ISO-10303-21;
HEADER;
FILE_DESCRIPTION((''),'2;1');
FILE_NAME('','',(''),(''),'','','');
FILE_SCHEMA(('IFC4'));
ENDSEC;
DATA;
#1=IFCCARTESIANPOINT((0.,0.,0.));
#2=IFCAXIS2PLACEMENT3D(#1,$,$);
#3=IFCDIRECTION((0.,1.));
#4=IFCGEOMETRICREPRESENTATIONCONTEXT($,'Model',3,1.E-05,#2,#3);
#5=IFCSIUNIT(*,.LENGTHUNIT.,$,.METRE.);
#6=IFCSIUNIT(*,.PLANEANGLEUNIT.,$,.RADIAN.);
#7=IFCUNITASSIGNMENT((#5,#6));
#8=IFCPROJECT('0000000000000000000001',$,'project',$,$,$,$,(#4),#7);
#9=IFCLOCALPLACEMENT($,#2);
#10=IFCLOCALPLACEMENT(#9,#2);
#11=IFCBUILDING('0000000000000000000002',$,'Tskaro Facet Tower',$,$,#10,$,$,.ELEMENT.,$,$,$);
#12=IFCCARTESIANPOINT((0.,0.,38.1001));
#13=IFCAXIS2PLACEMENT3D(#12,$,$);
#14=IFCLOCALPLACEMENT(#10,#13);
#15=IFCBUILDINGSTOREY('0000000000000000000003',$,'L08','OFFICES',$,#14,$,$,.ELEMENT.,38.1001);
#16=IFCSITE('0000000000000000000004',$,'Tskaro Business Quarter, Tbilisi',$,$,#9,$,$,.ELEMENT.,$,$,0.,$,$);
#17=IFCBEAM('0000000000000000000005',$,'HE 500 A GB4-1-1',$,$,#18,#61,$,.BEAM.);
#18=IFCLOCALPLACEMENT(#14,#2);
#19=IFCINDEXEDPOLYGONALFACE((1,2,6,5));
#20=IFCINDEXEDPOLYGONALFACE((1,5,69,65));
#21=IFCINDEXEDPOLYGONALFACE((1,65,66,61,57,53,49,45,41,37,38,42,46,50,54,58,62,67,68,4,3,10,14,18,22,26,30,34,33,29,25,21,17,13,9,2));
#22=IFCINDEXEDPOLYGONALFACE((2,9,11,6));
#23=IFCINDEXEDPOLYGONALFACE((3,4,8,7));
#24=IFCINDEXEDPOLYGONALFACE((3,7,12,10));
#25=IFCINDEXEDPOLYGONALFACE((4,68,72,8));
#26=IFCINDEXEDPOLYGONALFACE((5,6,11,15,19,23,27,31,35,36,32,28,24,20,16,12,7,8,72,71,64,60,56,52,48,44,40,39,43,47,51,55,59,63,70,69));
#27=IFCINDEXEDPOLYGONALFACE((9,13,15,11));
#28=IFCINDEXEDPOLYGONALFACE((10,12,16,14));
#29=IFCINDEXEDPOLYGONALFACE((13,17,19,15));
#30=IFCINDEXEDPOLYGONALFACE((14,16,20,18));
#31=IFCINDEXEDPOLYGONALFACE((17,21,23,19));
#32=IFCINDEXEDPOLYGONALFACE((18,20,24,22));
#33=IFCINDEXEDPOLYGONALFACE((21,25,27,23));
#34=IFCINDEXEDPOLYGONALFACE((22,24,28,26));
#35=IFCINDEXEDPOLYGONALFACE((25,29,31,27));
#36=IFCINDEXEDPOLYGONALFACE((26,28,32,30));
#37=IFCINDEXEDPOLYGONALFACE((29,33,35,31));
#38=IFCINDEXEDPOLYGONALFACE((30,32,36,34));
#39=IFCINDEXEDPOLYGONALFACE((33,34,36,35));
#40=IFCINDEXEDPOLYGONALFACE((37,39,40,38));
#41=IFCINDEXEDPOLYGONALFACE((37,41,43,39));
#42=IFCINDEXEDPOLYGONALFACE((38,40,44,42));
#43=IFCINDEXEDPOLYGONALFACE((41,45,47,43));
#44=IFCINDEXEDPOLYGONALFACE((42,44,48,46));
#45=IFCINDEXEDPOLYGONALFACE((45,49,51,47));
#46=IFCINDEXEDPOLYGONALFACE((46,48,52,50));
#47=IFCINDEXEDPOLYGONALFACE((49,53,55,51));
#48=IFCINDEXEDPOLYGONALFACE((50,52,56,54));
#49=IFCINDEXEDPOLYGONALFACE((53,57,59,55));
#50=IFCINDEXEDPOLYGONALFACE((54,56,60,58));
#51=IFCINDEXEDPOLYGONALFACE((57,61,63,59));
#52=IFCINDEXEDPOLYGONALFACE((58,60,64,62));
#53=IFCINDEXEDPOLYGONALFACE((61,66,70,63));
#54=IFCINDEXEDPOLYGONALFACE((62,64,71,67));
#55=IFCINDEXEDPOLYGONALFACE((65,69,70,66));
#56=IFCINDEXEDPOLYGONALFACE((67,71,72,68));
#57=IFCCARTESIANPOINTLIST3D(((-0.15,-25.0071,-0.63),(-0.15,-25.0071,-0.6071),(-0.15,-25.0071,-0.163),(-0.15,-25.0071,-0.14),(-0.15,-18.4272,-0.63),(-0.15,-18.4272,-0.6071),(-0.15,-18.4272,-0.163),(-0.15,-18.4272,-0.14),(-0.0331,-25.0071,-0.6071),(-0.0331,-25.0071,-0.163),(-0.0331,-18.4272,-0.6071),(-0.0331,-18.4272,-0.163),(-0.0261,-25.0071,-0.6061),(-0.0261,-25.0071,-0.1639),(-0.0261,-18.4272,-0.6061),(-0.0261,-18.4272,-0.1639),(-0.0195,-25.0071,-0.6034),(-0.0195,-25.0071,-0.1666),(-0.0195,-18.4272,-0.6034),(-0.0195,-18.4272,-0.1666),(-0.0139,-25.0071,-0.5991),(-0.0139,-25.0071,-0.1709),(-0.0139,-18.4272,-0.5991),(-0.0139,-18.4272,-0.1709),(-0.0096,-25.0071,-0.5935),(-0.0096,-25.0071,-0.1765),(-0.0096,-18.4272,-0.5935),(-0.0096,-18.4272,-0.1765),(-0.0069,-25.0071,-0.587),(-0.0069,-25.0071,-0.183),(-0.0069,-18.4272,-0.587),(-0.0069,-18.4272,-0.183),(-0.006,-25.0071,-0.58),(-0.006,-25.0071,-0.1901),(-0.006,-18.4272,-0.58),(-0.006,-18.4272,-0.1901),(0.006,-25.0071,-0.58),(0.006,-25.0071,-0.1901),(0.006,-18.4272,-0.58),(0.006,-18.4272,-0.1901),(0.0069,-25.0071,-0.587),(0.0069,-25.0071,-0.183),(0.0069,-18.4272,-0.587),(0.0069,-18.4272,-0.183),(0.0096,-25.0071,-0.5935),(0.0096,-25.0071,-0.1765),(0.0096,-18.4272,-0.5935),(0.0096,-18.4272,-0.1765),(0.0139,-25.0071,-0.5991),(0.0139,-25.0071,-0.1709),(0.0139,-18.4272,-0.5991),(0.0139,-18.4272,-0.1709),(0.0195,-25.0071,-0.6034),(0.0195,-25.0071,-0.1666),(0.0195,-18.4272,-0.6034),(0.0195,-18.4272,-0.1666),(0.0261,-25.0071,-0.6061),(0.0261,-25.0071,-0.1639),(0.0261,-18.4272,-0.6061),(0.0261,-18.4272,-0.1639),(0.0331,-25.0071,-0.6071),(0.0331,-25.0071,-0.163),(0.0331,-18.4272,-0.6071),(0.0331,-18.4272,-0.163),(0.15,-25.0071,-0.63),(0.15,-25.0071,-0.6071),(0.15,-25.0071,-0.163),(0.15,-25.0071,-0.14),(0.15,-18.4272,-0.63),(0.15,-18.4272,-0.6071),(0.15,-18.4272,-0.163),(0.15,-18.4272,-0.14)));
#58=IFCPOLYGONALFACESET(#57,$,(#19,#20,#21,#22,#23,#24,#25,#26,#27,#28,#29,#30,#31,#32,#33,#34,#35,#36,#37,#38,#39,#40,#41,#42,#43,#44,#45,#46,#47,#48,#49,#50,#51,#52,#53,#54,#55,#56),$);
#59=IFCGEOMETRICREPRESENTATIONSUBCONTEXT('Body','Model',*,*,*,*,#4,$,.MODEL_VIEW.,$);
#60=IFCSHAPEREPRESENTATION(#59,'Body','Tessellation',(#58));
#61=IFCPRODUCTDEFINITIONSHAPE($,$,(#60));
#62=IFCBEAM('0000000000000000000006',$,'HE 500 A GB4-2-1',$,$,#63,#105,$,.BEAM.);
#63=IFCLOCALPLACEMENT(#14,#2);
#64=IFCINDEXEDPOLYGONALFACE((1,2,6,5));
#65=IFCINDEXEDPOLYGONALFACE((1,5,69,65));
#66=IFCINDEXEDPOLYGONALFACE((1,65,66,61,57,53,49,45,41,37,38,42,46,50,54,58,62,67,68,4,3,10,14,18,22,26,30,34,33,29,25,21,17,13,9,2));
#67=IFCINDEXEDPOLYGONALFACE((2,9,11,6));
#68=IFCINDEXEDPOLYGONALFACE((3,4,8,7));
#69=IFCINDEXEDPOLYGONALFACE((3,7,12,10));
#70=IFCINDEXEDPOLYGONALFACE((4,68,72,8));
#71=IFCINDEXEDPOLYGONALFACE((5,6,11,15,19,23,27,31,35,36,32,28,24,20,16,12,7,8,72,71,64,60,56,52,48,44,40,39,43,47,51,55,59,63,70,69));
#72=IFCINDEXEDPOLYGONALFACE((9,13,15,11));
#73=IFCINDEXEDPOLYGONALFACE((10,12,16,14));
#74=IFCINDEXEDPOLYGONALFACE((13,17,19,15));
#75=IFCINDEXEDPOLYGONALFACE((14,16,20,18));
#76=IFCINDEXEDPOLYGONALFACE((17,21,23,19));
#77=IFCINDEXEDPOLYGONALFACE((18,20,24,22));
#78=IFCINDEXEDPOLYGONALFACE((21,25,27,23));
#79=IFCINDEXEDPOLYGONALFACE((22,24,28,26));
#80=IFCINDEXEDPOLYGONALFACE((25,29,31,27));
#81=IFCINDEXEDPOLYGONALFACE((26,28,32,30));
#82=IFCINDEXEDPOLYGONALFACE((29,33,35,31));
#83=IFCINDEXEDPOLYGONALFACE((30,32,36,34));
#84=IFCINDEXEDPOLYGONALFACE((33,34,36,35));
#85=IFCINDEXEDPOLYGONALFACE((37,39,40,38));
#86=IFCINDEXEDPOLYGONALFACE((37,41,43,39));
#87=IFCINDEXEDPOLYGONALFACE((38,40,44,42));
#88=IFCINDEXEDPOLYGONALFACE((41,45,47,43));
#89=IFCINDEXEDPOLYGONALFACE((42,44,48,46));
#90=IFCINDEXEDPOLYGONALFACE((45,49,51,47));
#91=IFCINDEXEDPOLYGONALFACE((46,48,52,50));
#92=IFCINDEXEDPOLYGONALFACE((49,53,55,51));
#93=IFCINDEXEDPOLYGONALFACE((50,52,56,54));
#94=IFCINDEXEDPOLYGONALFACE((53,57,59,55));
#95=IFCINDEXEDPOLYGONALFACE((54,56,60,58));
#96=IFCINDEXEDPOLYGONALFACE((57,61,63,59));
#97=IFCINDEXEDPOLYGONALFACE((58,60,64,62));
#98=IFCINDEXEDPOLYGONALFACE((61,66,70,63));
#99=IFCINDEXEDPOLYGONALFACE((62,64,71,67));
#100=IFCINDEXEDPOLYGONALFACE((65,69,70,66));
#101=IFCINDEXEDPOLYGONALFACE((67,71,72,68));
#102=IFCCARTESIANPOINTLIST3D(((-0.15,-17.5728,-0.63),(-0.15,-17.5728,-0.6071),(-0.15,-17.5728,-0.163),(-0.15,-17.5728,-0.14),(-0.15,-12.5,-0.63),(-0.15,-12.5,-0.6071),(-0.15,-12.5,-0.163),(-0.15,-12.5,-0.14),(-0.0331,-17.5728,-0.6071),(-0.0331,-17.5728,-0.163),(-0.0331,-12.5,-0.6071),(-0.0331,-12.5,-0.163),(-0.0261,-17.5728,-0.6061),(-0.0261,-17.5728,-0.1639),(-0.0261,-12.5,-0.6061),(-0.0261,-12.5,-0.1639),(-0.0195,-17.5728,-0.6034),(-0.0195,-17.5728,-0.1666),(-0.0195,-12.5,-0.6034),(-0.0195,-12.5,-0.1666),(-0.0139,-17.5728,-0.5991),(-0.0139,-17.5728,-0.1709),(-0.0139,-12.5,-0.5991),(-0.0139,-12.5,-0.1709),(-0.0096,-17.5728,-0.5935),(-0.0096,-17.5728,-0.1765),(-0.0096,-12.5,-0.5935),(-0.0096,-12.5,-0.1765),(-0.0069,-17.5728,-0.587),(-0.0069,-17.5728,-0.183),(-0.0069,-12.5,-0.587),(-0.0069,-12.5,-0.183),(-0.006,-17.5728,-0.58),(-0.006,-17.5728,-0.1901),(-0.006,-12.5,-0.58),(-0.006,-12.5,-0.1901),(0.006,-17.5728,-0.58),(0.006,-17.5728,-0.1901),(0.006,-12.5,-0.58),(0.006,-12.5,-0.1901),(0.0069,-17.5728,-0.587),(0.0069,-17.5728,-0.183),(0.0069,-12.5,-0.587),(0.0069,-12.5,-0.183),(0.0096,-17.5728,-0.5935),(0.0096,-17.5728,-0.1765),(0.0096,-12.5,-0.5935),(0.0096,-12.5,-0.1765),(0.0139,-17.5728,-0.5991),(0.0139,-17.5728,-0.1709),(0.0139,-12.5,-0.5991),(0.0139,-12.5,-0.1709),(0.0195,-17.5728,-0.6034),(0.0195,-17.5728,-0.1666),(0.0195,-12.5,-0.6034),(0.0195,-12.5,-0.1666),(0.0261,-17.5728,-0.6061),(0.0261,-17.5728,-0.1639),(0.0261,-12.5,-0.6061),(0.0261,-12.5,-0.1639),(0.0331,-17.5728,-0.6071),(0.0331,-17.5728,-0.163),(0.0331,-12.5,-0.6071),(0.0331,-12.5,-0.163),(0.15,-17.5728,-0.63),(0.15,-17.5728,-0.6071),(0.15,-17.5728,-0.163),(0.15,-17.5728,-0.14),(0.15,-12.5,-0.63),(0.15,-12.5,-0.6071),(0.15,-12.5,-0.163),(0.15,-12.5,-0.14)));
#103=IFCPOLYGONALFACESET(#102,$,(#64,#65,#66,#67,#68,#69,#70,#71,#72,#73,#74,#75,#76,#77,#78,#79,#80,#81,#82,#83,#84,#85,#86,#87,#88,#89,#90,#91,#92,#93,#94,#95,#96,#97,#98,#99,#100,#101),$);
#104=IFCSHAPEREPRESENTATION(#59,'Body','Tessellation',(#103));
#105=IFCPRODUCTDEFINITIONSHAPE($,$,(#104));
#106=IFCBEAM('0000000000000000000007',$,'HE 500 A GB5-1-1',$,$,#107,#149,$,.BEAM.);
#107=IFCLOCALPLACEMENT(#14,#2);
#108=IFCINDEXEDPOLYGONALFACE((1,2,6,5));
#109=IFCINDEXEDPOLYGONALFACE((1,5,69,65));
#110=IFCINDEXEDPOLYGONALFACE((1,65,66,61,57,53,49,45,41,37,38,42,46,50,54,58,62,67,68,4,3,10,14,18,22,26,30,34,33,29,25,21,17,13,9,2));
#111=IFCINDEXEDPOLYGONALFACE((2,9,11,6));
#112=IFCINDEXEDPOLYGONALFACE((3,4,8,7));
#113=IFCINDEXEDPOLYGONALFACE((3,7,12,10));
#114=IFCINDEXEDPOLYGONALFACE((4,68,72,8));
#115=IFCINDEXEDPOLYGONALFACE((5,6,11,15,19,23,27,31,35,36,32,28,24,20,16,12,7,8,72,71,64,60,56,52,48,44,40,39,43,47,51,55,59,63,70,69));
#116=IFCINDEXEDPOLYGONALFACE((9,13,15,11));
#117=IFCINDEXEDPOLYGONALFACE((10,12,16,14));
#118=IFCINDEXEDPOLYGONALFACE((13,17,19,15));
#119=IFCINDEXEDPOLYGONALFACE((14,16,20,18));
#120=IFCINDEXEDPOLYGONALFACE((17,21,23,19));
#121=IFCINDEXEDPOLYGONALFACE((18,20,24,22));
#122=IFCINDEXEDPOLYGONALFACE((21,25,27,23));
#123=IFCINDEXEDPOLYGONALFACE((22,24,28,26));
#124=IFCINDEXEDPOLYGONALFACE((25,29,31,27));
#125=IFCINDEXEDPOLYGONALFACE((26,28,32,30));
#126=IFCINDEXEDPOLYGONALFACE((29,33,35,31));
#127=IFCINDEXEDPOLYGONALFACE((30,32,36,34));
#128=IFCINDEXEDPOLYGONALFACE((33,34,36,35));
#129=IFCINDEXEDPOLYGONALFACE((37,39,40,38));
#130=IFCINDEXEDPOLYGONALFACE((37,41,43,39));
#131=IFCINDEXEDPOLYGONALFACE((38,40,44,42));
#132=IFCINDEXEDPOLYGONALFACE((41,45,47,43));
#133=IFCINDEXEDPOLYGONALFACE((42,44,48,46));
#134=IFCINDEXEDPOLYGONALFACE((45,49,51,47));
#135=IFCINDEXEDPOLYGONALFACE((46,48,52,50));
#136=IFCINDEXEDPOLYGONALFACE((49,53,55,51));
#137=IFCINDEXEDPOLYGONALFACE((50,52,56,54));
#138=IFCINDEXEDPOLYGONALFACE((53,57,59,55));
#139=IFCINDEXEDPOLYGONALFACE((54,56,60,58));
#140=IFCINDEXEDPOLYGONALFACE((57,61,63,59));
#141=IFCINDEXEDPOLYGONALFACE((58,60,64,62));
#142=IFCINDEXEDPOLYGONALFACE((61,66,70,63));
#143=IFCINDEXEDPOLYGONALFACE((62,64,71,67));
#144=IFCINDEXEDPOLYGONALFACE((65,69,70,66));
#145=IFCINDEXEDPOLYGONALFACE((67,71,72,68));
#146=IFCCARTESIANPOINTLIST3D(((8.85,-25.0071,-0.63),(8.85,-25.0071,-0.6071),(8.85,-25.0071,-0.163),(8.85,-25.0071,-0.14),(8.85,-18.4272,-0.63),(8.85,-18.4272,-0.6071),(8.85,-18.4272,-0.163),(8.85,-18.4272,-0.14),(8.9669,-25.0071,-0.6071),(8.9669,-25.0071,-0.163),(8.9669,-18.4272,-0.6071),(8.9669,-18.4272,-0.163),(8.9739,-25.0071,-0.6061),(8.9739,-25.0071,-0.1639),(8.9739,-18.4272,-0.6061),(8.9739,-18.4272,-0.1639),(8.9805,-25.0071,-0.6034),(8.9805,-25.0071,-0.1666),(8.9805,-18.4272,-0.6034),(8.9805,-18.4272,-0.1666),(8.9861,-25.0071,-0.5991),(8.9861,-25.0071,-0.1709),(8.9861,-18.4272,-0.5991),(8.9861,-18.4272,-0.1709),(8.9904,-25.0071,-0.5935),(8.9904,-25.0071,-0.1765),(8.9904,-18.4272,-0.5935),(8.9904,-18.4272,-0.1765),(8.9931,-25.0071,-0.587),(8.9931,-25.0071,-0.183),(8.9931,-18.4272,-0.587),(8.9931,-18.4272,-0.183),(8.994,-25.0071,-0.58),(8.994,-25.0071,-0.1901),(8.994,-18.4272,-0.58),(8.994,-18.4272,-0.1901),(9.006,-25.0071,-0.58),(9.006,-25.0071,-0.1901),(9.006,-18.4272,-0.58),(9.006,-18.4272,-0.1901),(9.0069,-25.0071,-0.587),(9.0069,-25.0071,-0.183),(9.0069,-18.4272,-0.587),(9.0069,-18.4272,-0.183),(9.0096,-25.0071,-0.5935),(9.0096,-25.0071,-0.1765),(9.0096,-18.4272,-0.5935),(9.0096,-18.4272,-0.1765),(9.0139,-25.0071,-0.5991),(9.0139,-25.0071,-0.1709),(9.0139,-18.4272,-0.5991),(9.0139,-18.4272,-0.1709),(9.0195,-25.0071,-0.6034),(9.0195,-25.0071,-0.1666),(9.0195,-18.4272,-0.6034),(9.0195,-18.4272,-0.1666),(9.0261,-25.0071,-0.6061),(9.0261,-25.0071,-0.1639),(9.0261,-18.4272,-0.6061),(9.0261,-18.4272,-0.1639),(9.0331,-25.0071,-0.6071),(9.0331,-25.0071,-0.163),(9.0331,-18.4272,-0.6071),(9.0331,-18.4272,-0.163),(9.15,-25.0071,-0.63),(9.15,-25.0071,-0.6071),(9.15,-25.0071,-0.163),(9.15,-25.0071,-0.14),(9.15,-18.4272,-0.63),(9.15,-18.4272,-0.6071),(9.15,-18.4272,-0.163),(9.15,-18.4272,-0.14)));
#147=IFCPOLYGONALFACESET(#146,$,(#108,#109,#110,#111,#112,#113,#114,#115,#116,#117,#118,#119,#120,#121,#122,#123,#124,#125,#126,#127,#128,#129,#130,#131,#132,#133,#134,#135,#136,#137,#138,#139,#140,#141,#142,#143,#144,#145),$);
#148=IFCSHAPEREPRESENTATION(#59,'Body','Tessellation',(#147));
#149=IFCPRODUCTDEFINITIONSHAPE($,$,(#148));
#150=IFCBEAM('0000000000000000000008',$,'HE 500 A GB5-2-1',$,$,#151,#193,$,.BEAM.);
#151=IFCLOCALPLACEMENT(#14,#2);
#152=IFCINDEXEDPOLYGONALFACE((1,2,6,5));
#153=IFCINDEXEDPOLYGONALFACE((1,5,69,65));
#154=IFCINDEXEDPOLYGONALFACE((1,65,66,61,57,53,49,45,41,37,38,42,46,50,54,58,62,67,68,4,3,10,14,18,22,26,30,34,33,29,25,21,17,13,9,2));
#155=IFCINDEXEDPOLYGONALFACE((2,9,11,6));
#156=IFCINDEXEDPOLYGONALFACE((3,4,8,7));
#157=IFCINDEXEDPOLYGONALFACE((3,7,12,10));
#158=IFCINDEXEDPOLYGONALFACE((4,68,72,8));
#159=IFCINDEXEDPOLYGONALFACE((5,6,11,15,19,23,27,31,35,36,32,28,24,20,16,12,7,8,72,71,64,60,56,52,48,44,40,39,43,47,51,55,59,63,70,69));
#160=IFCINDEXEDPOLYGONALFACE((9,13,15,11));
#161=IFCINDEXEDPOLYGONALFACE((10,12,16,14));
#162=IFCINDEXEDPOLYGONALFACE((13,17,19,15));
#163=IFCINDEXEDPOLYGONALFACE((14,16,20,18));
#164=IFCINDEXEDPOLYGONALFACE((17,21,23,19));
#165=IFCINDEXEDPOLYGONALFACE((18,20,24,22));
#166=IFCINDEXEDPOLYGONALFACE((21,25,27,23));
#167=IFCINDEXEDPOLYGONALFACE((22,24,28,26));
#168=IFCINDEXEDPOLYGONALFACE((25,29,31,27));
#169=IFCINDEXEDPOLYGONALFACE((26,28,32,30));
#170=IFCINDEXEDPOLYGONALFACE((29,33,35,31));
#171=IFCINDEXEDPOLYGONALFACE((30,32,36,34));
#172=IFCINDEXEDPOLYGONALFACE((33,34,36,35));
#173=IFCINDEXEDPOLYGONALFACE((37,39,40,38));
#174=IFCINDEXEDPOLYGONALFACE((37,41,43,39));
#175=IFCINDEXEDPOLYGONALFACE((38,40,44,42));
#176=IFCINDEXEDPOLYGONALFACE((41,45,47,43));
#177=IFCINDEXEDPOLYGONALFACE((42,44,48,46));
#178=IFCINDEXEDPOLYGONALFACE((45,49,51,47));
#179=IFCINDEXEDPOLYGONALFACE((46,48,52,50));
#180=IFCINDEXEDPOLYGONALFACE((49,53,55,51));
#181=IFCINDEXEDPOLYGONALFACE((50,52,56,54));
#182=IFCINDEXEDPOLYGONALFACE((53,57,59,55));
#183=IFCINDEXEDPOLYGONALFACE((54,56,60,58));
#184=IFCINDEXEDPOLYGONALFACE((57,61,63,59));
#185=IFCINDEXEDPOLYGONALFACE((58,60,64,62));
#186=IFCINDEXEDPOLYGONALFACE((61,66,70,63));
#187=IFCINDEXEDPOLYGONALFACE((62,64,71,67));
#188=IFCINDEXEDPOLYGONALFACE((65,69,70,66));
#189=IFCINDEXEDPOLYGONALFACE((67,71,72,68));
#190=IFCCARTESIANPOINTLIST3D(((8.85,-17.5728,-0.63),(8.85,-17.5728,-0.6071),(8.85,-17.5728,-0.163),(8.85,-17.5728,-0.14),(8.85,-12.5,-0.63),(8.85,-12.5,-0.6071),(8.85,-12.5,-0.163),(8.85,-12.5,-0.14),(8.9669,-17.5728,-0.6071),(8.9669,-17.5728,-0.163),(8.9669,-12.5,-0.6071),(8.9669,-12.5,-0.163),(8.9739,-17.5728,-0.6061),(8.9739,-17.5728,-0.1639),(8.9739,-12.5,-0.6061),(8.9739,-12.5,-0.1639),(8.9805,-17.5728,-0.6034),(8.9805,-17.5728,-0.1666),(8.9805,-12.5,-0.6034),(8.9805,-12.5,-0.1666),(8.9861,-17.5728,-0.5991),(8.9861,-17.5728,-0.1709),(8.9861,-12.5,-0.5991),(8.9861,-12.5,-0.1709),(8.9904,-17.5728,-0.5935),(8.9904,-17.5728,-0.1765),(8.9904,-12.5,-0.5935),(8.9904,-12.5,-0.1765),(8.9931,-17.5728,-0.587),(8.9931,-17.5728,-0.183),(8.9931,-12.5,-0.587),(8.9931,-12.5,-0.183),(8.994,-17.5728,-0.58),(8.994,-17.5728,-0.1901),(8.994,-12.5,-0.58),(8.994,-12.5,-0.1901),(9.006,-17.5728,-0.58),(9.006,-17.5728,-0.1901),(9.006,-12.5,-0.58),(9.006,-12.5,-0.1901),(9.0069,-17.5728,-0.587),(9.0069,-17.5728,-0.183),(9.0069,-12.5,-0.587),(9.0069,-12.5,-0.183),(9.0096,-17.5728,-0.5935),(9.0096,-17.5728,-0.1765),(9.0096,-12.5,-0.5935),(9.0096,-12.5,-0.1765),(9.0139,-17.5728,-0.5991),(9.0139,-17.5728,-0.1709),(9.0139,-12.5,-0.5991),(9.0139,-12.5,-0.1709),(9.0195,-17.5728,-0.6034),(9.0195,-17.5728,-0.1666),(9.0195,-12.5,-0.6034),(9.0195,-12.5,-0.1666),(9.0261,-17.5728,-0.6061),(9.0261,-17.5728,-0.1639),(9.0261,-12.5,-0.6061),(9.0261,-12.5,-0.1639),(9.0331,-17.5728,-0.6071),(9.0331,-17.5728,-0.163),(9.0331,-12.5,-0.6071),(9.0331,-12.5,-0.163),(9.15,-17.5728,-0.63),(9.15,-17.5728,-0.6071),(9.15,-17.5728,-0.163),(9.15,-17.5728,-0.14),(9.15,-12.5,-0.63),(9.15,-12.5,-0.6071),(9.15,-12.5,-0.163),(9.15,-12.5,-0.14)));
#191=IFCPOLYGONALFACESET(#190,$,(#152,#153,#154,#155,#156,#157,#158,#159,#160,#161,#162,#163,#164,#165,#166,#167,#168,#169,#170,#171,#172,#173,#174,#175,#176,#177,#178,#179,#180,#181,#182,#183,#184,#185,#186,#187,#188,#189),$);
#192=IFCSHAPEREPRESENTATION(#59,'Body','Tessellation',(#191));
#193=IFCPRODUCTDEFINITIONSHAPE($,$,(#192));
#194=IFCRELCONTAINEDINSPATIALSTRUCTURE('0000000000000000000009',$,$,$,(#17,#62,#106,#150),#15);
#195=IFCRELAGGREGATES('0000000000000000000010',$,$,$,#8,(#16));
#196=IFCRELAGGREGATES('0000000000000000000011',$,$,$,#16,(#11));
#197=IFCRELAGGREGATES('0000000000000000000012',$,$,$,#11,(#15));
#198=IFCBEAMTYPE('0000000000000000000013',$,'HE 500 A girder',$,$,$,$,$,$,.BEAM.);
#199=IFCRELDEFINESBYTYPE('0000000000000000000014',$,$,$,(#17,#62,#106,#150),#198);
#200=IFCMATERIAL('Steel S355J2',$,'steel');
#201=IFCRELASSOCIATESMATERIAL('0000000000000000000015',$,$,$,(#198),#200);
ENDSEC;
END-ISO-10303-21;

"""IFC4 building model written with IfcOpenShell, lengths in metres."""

from ifc_helpers import new_model, si_unit, direction, frame, origin, origin_2d, place, context, subcontext, project, spatial, i_section, extrude, material, material_profile, profile_set, type_object, element, save


model = new_model("IFC4")

# Units and contexts
model_context = context("Model", 3, precision=1e-05, world=origin(), true_north=direction((0.0, 1.0)))
body_context = subcontext(model_context, "Body", "Model", "MODEL_VIEW")
ifc_project = project(units=[si_unit("LENGTHUNIT", "METRE"), si_unit("PLANEANGLEUNIT", "RADIAN")], contexts=[model_context])

# Site, building, storey
site_placement = place(None, origin())
site = spatial("IfcSite", under=ifc_project, at=site_placement, Name="Tskaro Business Quarter, Tbilisi", CompositionType="ELEMENT", RefElevation=0.0)
building_placement = place(site_placement, origin())
building = spatial("IfcBuilding", under=site, at=building_placement, Name="Tskaro Facet Tower", CompositionType="ELEMENT")
storey_placement = place(building_placement, frame((0.0, 0.0, 38.1001)))
storey = spatial("IfcBuildingStorey", under=building, at=storey_placement, Name="L08", Description="OFFICES", CompositionType="ELEMENT", Elevation=38.1001)

# Beams
ifc_material_1 = material(Name="Steel S355J2", Category="steel")
ifc_material_profile_1 = material_profile(ifc_material_1, i_section(OverallWidth=0.3, OverallDepth=0.49, WebThickness=0.012, FlangeThickness=0.0229, FilletRadius=0.0271, at=origin_2d()), Name="HE 500 A")
ifc_profile_set_1 = profile_set([ifc_material_profile_1], Name="Steel S355J2")
beam_type_1 = type_object("IfcBeamType", Name="HE 500 A girder", PredefinedType="BEAM", material=ifc_profile_set_1)
beam_1_placement = place(storey_placement, frame((0.0, -25.0071, -0.385), z_axis=(0.0, 1.0, 0.0), x_axis=(-1.0, 0.0, 0.0)))
element("IfcBeam", 1, at=beam_1_placement, inside=storey, type_object=beam_type_1, Name="HE 500 A GB4-1-1", PredefinedType="BEAM", context=body_context, shape_type="SweptSolid", body=[
    extrude(i_section(OverallWidth=0.3, OverallDepth=0.49, WebThickness=0.012, FlangeThickness=0.0229, FilletRadius=0.0271, at=origin_2d()), origin(), (0.0, 0.0, 1.0), 6.5798),
])
beam_2_placement = place(storey_placement, frame((0.0, -17.5728, -0.385), z_axis=(0.0, 1.0, 0.0), x_axis=(-1.0, 0.0, 0.0)))
element("IfcBeam", 2, at=beam_2_placement, inside=storey, type_object=beam_type_1, Name="HE 500 A GB4-2-1", PredefinedType="BEAM", context=body_context, shape_type="SweptSolid", body=[
    extrude(i_section(OverallWidth=0.3, OverallDepth=0.49, WebThickness=0.012, FlangeThickness=0.0229, FilletRadius=0.0271, at=origin_2d()), origin(), (0.0, 0.0, 1.0), 5.0728),
])
beam_3_placement = place(storey_placement, frame((9.0, -25.0071, -0.385), z_axis=(0.0, 1.0, 0.0), x_axis=(-1.0, 0.0, 0.0)))
element("IfcBeam", 3, at=beam_3_placement, inside=storey, type_object=beam_type_1, Name="HE 500 A GB5-1-1", PredefinedType="BEAM", context=body_context, shape_type="SweptSolid", body=[
    extrude(i_section(OverallWidth=0.3, OverallDepth=0.49, WebThickness=0.012, FlangeThickness=0.0229, FilletRadius=0.0271, at=origin_2d()), origin(), (0.0, 0.0, 1.0), 6.5798),
])
beam_4_placement = place(storey_placement, frame((9.0, -17.5728, -0.385), z_axis=(0.0, 1.0, 0.0), x_axis=(-1.0, 0.0, 0.0)))
element("IfcBeam", 4, at=beam_4_placement, inside=storey, type_object=beam_type_1, Name="HE 500 A GB5-2-1", PredefinedType="BEAM", context=body_context, shape_type="SweptSolid", body=[
    extrude(i_section(OverallWidth=0.3, OverallDepth=0.49, WebThickness=0.012, FlangeThickness=0.0229, FilletRadius=0.0271, at=origin_2d()), origin(), (0.0, 0.0, 1.0), 5.0728),
])

save(model, "model.ifc")
